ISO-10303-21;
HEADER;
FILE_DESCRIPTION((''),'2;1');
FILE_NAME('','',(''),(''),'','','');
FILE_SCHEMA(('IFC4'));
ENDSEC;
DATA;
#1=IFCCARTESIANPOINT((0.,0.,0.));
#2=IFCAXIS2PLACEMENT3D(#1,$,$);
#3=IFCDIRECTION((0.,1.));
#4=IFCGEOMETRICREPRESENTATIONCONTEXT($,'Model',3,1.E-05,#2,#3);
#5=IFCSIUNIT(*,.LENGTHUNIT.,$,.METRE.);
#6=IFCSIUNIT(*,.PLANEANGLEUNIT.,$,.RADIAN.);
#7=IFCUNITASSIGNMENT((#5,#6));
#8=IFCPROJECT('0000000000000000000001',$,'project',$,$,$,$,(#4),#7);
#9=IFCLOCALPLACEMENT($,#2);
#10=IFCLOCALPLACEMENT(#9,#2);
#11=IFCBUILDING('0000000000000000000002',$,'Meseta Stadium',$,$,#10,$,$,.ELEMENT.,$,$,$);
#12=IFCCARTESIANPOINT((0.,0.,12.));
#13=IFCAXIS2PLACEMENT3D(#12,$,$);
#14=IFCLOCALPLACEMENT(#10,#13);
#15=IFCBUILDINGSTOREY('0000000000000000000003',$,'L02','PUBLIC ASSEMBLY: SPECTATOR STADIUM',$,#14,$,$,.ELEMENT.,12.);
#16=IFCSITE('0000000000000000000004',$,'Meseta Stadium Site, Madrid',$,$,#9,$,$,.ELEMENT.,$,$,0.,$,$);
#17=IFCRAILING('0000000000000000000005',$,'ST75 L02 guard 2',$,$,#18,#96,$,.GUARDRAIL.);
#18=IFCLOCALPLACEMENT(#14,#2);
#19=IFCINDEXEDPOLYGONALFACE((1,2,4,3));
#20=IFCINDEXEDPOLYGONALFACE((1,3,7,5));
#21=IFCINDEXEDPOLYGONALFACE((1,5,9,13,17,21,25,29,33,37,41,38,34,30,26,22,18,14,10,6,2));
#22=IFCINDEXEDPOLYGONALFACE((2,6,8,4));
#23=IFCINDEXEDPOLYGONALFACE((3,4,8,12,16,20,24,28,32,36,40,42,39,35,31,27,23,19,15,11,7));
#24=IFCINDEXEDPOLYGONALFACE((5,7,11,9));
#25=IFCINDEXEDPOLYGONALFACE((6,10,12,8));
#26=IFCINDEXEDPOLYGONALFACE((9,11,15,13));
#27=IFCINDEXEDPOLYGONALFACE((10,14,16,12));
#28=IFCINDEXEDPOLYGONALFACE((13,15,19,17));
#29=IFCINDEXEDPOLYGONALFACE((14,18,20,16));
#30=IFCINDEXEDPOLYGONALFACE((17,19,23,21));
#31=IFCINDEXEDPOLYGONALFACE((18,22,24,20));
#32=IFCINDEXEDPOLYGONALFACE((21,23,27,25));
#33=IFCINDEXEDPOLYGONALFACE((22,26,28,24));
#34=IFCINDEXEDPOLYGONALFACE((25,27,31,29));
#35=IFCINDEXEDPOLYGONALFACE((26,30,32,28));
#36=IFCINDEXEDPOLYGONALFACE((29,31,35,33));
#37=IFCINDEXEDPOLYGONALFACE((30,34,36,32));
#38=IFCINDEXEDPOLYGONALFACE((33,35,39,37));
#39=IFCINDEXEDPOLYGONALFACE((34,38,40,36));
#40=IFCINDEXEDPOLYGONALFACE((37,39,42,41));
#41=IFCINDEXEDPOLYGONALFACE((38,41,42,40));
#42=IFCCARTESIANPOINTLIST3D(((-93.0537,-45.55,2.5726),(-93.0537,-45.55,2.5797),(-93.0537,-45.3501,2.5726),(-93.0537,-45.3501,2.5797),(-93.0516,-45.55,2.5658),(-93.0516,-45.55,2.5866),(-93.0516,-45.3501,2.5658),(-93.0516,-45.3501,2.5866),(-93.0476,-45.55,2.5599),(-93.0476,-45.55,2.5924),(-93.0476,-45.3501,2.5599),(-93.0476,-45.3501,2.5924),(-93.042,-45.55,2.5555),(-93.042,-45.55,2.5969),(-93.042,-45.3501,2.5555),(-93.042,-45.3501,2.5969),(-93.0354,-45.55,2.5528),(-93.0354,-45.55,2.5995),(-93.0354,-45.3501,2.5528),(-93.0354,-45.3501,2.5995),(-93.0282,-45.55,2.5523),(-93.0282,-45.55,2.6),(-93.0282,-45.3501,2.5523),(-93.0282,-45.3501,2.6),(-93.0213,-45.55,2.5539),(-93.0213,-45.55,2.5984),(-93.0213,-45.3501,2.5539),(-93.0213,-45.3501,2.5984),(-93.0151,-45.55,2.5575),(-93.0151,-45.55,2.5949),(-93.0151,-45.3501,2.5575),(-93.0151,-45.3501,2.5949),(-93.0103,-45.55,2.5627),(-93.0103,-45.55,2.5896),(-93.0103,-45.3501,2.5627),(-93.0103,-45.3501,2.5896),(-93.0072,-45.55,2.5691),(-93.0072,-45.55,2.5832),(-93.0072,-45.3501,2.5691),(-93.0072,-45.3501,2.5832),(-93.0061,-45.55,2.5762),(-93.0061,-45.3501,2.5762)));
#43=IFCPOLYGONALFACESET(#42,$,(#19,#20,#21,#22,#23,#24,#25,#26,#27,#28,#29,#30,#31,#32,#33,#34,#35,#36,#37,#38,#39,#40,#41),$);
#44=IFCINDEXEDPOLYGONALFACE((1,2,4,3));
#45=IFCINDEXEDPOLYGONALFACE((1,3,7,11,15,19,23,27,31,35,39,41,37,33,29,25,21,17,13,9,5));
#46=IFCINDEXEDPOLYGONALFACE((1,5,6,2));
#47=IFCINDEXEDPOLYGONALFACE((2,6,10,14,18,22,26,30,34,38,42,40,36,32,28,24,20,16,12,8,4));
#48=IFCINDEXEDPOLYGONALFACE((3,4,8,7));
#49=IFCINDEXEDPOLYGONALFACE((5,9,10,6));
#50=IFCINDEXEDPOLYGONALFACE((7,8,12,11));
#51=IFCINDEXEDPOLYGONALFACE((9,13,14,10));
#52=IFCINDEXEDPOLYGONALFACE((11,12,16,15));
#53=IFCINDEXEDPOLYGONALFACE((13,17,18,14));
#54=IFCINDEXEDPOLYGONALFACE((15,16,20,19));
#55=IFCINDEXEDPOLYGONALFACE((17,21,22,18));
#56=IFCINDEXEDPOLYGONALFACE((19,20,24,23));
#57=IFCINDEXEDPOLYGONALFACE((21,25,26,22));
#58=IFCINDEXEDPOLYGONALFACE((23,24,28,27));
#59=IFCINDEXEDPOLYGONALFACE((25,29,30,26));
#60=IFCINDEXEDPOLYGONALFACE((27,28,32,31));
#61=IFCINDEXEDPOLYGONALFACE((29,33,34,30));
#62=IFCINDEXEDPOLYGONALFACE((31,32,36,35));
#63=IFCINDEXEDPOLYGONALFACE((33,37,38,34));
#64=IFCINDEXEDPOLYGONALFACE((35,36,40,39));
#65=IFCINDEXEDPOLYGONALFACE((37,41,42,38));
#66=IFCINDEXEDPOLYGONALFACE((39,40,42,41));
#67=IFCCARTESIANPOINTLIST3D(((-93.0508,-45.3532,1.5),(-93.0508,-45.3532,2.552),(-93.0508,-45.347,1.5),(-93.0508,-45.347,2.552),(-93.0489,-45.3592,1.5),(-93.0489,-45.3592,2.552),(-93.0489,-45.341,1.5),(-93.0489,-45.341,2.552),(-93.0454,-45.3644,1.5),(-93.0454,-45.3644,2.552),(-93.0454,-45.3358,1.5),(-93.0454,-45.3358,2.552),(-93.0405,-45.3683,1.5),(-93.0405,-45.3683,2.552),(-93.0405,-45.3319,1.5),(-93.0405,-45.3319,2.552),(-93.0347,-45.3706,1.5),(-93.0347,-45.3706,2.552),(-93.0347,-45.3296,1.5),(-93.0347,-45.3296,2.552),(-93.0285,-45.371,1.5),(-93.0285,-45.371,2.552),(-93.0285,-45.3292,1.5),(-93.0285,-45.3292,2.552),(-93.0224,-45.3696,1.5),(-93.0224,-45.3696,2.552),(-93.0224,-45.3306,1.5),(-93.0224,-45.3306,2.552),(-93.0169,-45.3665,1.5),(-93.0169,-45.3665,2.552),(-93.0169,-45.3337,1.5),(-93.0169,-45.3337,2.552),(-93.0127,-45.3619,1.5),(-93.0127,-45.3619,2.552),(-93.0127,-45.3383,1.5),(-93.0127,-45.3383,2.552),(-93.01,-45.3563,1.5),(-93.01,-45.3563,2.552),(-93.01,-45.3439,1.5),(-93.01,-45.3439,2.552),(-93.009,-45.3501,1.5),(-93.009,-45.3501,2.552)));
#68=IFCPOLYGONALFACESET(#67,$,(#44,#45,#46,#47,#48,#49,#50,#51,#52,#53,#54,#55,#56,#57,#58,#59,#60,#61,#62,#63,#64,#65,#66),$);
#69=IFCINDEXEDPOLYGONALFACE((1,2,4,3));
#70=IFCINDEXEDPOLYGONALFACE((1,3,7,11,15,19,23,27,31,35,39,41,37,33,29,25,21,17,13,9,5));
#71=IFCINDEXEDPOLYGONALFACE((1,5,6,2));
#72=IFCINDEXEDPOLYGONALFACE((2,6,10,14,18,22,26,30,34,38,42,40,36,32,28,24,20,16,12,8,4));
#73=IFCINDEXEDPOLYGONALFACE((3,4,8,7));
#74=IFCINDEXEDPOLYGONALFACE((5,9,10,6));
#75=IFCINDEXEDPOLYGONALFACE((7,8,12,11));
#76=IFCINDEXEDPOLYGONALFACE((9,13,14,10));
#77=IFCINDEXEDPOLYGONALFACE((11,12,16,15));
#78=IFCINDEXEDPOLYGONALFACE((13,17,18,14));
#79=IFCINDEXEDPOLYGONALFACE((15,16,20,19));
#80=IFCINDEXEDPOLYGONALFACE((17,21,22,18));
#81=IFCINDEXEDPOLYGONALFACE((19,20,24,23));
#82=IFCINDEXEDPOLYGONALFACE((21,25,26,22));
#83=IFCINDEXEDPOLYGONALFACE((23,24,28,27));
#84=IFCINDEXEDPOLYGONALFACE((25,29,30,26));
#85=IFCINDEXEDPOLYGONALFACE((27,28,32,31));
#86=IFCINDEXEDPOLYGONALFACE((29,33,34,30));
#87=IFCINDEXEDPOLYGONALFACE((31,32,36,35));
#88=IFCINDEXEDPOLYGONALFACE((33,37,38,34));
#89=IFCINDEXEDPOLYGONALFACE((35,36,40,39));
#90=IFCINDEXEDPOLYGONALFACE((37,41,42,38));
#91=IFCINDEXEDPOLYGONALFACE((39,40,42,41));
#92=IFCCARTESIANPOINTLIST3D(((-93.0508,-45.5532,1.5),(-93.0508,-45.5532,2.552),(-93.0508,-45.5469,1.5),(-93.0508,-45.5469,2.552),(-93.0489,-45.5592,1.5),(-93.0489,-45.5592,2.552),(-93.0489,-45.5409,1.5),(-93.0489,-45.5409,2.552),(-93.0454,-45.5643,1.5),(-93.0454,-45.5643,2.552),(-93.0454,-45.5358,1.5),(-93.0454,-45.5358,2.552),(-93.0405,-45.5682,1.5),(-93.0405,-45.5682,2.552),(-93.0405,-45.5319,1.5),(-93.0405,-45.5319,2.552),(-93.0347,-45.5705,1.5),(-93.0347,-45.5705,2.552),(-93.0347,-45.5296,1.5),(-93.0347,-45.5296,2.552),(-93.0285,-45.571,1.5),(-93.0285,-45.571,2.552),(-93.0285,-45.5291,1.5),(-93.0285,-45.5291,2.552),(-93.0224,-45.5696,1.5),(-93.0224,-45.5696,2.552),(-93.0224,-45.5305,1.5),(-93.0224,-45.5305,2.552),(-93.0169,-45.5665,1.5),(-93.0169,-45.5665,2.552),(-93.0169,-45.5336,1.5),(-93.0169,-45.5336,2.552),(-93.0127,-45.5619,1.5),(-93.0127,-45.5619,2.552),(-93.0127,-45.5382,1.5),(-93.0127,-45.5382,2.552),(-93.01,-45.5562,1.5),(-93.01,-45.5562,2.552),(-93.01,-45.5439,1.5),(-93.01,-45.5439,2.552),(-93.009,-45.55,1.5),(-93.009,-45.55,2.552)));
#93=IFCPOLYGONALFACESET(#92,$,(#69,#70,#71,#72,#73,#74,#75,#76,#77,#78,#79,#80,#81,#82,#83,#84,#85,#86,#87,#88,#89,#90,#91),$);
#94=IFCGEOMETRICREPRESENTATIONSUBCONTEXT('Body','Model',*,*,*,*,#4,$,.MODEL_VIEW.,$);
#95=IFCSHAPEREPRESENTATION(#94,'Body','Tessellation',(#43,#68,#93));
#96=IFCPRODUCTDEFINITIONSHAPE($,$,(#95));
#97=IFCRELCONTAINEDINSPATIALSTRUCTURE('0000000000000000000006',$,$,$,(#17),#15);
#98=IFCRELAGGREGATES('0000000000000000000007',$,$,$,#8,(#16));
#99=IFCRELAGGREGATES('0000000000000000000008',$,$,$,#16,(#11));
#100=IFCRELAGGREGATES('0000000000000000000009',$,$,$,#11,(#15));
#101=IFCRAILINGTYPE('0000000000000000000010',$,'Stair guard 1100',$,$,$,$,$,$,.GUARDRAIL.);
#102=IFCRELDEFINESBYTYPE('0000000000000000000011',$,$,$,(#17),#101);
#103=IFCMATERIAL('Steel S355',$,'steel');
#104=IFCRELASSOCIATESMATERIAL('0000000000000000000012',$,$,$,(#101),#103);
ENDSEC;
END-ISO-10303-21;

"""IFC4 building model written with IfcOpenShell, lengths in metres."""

from ifc_helpers import new_model, si_unit, direction, frame, origin, origin_2d, place, context, subcontext, project, spatial, circle, extrude, material, type_object, element, save


model = new_model("IFC4")

# Units and contexts
model_context = context("Model", 3, precision=1e-05, world=origin(), true_north=direction((0.0, 1.0)))
body_context = subcontext(model_context, "Body", "Model", "MODEL_VIEW")
ifc_project = project(units=[si_unit("LENGTHUNIT", "METRE"), si_unit("PLANEANGLEUNIT", "RADIAN")], contexts=[model_context])

# Site, building, storey
site_placement = place(None, origin())
site = spatial("IfcSite", under=ifc_project, at=site_placement, Name="Meseta Stadium Site, Madrid", CompositionType="ELEMENT", RefElevation=0.0)
building_placement = place(site_placement, origin())
building = spatial("IfcBuilding", under=site, at=building_placement, Name="Meseta Stadium", CompositionType="ELEMENT")
storey_placement = place(building_placement, frame((0.0, 0.0, 12.0)))
storey = spatial("IfcBuildingStorey", under=building, at=storey_placement, Name="L02", Description="PUBLIC ASSEMBLY: SPECTATOR STADIUM", CompositionType="ELEMENT", Elevation=12.0)

# Railing
ifc_material_1 = material(Name="Steel S355", Category="steel")
railing_type_1 = type_object("IfcRailingType", Name="Stair guard 1100", PredefinedType="GUARDRAIL", material=ifc_material_1)
railing_1_placement = place(storey_placement, frame((-93.03, -45.3501, 1.5)))
element("IfcRailing", 1, at=railing_1_placement, inside=storey, type_object=railing_type_1, Name="ST75 L02 guard 2", PredefinedType="GUARDRAIL", context=body_context, shape_type="SweptSolid", body=[
    extrude(circle(Radius=0.0239, at=origin_2d()), frame((0.0, 0.0, 1.0762), z_axis=(0.0, -1.0, 0.0), x_axis=(1.0, 0.0, 0.0)), (0.0, 0.0, 1.0), 0.2),
    extrude(circle(Radius=0.021, at=origin_2d()), origin(), (0.0, 0.0, 1.0), 1.052),
    extrude(circle(Radius=0.021, at=origin_2d()), frame((0.0, -0.2, 0.0)), (0.0, 0.0, 1.0), 1.052),
])

save(model, "model.ifc")
